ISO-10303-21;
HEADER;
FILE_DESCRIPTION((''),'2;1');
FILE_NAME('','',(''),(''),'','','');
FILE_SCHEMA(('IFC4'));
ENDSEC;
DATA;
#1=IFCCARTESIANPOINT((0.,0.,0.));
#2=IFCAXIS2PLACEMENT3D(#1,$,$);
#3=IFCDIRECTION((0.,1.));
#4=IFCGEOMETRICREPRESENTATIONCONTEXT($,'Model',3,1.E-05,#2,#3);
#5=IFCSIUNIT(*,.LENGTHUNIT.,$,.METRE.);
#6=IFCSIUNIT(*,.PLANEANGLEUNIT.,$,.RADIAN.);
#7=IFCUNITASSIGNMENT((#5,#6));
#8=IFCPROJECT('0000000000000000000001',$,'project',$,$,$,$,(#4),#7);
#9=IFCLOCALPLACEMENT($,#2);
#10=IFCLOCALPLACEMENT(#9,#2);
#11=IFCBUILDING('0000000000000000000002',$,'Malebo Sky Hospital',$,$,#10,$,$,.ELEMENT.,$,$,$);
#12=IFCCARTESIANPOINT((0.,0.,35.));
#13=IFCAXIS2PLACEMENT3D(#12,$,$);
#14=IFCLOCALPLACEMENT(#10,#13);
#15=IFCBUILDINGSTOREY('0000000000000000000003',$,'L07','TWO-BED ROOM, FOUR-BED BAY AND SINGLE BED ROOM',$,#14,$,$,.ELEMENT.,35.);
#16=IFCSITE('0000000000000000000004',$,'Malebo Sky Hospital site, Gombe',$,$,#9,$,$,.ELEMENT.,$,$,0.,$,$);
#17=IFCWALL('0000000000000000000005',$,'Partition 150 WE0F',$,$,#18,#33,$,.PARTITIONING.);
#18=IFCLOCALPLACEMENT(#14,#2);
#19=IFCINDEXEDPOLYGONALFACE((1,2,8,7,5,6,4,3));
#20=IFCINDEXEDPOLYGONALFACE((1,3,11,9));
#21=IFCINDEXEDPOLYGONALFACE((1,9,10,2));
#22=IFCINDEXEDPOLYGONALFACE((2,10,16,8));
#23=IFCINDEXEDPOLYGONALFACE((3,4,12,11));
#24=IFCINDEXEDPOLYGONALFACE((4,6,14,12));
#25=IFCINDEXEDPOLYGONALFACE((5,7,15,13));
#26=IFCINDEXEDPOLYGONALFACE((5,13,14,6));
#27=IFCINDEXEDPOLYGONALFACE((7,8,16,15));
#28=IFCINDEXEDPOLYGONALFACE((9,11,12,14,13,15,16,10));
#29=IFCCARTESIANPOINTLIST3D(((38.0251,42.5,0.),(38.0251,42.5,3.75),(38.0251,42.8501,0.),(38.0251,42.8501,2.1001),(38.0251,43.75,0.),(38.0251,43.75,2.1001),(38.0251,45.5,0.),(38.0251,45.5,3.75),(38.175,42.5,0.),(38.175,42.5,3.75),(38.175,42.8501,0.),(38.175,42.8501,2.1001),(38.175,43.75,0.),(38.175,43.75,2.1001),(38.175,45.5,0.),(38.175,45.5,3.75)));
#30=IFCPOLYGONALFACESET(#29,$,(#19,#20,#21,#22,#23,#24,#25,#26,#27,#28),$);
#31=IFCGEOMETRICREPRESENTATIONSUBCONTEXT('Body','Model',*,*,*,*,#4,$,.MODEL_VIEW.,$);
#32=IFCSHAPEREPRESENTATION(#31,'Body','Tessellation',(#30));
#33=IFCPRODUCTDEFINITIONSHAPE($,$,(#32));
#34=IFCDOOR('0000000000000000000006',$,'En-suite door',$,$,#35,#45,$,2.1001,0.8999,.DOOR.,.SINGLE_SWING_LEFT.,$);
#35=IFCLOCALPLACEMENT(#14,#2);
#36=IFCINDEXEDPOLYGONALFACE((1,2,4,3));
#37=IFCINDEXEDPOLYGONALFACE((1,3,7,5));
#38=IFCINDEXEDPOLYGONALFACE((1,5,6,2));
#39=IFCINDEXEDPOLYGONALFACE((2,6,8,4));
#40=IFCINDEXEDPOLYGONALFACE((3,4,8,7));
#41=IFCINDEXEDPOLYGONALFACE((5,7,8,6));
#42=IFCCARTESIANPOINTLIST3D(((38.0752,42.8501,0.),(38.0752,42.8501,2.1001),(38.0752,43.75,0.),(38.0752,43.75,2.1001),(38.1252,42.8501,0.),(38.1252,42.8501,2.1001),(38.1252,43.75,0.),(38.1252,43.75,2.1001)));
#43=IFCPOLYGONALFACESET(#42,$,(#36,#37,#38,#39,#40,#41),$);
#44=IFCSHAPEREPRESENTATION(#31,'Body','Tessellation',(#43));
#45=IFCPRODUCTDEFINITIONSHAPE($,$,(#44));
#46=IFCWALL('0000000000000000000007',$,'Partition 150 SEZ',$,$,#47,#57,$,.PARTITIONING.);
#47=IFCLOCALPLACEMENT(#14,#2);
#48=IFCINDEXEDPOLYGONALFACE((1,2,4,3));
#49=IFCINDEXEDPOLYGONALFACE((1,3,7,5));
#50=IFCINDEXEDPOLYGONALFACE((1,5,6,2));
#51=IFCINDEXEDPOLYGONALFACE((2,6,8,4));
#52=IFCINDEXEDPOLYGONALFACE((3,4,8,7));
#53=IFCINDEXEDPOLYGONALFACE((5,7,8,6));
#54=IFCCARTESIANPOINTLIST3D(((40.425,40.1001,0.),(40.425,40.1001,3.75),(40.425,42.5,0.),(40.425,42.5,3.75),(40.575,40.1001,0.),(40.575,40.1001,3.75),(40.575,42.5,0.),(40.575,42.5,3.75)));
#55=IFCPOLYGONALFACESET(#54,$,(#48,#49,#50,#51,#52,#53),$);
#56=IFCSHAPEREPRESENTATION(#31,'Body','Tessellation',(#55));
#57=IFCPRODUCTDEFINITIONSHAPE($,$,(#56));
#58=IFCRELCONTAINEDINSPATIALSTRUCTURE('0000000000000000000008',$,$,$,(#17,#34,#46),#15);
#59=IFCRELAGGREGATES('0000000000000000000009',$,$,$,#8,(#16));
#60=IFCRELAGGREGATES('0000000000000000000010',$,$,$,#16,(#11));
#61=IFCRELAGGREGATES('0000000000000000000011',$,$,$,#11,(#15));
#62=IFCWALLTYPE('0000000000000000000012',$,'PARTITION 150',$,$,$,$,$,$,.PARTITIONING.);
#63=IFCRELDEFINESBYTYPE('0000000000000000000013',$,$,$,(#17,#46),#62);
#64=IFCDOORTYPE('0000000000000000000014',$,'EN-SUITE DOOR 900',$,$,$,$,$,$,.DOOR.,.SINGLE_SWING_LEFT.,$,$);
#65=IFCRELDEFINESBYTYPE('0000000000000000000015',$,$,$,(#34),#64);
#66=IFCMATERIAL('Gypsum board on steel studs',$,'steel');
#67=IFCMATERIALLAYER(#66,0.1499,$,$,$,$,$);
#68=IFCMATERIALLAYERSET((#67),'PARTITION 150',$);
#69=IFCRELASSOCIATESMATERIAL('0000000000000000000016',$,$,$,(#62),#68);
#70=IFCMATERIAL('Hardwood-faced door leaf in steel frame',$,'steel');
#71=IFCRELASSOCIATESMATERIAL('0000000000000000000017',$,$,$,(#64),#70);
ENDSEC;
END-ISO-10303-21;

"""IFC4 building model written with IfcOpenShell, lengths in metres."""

from ifc_helpers import new_model, si_unit, direction, frame, frame_2d, origin, place, context, subcontext, project, spatial, rectangle, extrude, material, layer, layer_set, type_object, element, fill, save


model = new_model("IFC4")

# Units and contexts
model_context = context("Model", 3, precision=1e-05, world=origin(), true_north=direction((0.0, 1.0)))
body_context = subcontext(model_context, "Body", "Model", "MODEL_VIEW")
ifc_project = project(units=[si_unit("LENGTHUNIT", "METRE"), si_unit("PLANEANGLEUNIT", "RADIAN")], contexts=[model_context])

# Site, building, storey
site_placement = place(None, origin())
site = spatial("IfcSite", under=ifc_project, at=site_placement, Name="Malebo Sky Hospital site, Gombe", CompositionType="ELEMENT", RefElevation=0.0)
building_placement = place(site_placement, origin())
building = spatial("IfcBuilding", under=site, at=building_placement, Name="Malebo Sky Hospital", CompositionType="ELEMENT")
storey_placement = place(building_placement, frame((0.0, 0.0, 35.0)))
storey = spatial("IfcBuildingStorey", under=building, at=storey_placement, Name="L07", Description="TWO-BED ROOM, FOUR-BED BAY AND SINGLE BED ROOM", CompositionType="ELEMENT", Elevation=35.0)

# Shared definitions
ifc_material_1 = material(Name="Gypsum board on steel studs", Category="steel")
ifc_material_2 = material(Name="Hardwood-faced door leaf in steel frame", Category="steel")

# Shared definitions
ifc_layer_1 = layer(ifc_material_1, 0.1499)
ifc_layer_set_1 = layer_set([ifc_layer_1], Name="PARTITION 150")
wall_type_1 = type_object("IfcWallType", Name="PARTITION 150", PredefinedType="PARTITIONING", material=ifc_layer_set_1)

# Wall, opening, door
wall_1_placement = place(storey_placement, frame((38.1001, 42.5, 0.0), z_axis=(0.0, 0.0, 1.0), x_axis=(0.0, 1.0, 0.0)))
wall_1 = element("IfcWall", 1, at=wall_1_placement, inside=storey, type_object=wall_type_1, Name="Partition 150 WE0F", PredefinedType="PARTITIONING", context=body_context, shape_type="SweptSolid", body=[
    extrude(rectangle(XDim=3.0, YDim=0.1499, at=frame_2d((1.5, 0.0))), origin(), (0.0, 0.0, 1.0), 3.75),
])
opening_1_placement = place(wall_1_placement, frame((0.3501, 0.0, 0.0)))
opening_1 = element("IfcOpeningElement", 2, at=opening_1_placement, cuts=wall_1, PredefinedType="OPENING", context=body_context, shape_type="SweptSolid", body=[
    extrude(rectangle(XDim=0.8999, YDim=2.1001, at=frame_2d((0.45, 1.05))), frame((0.0, 0.085, 0.0), z_axis=(0.0, -1.0, 0.0), x_axis=(1.0, 0.0, 0.0)), (0.0, 0.0, 1.0), 0.1699),
])
door_type_1 = type_object("IfcDoorType", Name="EN-SUITE DOOR 900", OperationType="SINGLE_SWING_LEFT", PredefinedType="DOOR", material=ifc_material_2)
door_1_placement = place(opening_1_placement, origin())
door_1 = element("IfcDoor", 3, at=door_1_placement, inside=storey, type_object=door_type_1, Name="En-suite door", OperationType="SINGLE_SWING_LEFT", OverallHeight=2.1001, OverallWidth=0.8999, PredefinedType="DOOR", context=body_context, shape_type="SweptSolid", body=[
    extrude(rectangle(XDim=0.8999, YDim=2.1001, at=frame_2d((0.45, 1.05))), frame((0.0, 0.0249, 0.0), z_axis=(0.0, -1.0, 0.0), x_axis=(1.0, 0.0, 0.0)), (0.0, 0.0, 1.0), 0.05),
])
fill(opening_1, door_1)

# Wall
wall_2_placement = place(storey_placement, frame((40.5, 42.5, 0.0), z_axis=(0.0, 0.0, 1.0), x_axis=(0.0, -1.0, 0.0)))
element("IfcWall", 4, at=wall_2_placement, inside=storey, type_object=wall_type_1, Name="Partition 150 SEZ", PredefinedType="PARTITIONING", context=body_context, shape_type="SweptSolid", body=[
    extrude(rectangle(XDim=2.3999, YDim=0.1499, at=frame_2d((1.2, 0.0))), origin(), (0.0, 0.0, 1.0), 3.75),
])

save(model, "model.ifc")
